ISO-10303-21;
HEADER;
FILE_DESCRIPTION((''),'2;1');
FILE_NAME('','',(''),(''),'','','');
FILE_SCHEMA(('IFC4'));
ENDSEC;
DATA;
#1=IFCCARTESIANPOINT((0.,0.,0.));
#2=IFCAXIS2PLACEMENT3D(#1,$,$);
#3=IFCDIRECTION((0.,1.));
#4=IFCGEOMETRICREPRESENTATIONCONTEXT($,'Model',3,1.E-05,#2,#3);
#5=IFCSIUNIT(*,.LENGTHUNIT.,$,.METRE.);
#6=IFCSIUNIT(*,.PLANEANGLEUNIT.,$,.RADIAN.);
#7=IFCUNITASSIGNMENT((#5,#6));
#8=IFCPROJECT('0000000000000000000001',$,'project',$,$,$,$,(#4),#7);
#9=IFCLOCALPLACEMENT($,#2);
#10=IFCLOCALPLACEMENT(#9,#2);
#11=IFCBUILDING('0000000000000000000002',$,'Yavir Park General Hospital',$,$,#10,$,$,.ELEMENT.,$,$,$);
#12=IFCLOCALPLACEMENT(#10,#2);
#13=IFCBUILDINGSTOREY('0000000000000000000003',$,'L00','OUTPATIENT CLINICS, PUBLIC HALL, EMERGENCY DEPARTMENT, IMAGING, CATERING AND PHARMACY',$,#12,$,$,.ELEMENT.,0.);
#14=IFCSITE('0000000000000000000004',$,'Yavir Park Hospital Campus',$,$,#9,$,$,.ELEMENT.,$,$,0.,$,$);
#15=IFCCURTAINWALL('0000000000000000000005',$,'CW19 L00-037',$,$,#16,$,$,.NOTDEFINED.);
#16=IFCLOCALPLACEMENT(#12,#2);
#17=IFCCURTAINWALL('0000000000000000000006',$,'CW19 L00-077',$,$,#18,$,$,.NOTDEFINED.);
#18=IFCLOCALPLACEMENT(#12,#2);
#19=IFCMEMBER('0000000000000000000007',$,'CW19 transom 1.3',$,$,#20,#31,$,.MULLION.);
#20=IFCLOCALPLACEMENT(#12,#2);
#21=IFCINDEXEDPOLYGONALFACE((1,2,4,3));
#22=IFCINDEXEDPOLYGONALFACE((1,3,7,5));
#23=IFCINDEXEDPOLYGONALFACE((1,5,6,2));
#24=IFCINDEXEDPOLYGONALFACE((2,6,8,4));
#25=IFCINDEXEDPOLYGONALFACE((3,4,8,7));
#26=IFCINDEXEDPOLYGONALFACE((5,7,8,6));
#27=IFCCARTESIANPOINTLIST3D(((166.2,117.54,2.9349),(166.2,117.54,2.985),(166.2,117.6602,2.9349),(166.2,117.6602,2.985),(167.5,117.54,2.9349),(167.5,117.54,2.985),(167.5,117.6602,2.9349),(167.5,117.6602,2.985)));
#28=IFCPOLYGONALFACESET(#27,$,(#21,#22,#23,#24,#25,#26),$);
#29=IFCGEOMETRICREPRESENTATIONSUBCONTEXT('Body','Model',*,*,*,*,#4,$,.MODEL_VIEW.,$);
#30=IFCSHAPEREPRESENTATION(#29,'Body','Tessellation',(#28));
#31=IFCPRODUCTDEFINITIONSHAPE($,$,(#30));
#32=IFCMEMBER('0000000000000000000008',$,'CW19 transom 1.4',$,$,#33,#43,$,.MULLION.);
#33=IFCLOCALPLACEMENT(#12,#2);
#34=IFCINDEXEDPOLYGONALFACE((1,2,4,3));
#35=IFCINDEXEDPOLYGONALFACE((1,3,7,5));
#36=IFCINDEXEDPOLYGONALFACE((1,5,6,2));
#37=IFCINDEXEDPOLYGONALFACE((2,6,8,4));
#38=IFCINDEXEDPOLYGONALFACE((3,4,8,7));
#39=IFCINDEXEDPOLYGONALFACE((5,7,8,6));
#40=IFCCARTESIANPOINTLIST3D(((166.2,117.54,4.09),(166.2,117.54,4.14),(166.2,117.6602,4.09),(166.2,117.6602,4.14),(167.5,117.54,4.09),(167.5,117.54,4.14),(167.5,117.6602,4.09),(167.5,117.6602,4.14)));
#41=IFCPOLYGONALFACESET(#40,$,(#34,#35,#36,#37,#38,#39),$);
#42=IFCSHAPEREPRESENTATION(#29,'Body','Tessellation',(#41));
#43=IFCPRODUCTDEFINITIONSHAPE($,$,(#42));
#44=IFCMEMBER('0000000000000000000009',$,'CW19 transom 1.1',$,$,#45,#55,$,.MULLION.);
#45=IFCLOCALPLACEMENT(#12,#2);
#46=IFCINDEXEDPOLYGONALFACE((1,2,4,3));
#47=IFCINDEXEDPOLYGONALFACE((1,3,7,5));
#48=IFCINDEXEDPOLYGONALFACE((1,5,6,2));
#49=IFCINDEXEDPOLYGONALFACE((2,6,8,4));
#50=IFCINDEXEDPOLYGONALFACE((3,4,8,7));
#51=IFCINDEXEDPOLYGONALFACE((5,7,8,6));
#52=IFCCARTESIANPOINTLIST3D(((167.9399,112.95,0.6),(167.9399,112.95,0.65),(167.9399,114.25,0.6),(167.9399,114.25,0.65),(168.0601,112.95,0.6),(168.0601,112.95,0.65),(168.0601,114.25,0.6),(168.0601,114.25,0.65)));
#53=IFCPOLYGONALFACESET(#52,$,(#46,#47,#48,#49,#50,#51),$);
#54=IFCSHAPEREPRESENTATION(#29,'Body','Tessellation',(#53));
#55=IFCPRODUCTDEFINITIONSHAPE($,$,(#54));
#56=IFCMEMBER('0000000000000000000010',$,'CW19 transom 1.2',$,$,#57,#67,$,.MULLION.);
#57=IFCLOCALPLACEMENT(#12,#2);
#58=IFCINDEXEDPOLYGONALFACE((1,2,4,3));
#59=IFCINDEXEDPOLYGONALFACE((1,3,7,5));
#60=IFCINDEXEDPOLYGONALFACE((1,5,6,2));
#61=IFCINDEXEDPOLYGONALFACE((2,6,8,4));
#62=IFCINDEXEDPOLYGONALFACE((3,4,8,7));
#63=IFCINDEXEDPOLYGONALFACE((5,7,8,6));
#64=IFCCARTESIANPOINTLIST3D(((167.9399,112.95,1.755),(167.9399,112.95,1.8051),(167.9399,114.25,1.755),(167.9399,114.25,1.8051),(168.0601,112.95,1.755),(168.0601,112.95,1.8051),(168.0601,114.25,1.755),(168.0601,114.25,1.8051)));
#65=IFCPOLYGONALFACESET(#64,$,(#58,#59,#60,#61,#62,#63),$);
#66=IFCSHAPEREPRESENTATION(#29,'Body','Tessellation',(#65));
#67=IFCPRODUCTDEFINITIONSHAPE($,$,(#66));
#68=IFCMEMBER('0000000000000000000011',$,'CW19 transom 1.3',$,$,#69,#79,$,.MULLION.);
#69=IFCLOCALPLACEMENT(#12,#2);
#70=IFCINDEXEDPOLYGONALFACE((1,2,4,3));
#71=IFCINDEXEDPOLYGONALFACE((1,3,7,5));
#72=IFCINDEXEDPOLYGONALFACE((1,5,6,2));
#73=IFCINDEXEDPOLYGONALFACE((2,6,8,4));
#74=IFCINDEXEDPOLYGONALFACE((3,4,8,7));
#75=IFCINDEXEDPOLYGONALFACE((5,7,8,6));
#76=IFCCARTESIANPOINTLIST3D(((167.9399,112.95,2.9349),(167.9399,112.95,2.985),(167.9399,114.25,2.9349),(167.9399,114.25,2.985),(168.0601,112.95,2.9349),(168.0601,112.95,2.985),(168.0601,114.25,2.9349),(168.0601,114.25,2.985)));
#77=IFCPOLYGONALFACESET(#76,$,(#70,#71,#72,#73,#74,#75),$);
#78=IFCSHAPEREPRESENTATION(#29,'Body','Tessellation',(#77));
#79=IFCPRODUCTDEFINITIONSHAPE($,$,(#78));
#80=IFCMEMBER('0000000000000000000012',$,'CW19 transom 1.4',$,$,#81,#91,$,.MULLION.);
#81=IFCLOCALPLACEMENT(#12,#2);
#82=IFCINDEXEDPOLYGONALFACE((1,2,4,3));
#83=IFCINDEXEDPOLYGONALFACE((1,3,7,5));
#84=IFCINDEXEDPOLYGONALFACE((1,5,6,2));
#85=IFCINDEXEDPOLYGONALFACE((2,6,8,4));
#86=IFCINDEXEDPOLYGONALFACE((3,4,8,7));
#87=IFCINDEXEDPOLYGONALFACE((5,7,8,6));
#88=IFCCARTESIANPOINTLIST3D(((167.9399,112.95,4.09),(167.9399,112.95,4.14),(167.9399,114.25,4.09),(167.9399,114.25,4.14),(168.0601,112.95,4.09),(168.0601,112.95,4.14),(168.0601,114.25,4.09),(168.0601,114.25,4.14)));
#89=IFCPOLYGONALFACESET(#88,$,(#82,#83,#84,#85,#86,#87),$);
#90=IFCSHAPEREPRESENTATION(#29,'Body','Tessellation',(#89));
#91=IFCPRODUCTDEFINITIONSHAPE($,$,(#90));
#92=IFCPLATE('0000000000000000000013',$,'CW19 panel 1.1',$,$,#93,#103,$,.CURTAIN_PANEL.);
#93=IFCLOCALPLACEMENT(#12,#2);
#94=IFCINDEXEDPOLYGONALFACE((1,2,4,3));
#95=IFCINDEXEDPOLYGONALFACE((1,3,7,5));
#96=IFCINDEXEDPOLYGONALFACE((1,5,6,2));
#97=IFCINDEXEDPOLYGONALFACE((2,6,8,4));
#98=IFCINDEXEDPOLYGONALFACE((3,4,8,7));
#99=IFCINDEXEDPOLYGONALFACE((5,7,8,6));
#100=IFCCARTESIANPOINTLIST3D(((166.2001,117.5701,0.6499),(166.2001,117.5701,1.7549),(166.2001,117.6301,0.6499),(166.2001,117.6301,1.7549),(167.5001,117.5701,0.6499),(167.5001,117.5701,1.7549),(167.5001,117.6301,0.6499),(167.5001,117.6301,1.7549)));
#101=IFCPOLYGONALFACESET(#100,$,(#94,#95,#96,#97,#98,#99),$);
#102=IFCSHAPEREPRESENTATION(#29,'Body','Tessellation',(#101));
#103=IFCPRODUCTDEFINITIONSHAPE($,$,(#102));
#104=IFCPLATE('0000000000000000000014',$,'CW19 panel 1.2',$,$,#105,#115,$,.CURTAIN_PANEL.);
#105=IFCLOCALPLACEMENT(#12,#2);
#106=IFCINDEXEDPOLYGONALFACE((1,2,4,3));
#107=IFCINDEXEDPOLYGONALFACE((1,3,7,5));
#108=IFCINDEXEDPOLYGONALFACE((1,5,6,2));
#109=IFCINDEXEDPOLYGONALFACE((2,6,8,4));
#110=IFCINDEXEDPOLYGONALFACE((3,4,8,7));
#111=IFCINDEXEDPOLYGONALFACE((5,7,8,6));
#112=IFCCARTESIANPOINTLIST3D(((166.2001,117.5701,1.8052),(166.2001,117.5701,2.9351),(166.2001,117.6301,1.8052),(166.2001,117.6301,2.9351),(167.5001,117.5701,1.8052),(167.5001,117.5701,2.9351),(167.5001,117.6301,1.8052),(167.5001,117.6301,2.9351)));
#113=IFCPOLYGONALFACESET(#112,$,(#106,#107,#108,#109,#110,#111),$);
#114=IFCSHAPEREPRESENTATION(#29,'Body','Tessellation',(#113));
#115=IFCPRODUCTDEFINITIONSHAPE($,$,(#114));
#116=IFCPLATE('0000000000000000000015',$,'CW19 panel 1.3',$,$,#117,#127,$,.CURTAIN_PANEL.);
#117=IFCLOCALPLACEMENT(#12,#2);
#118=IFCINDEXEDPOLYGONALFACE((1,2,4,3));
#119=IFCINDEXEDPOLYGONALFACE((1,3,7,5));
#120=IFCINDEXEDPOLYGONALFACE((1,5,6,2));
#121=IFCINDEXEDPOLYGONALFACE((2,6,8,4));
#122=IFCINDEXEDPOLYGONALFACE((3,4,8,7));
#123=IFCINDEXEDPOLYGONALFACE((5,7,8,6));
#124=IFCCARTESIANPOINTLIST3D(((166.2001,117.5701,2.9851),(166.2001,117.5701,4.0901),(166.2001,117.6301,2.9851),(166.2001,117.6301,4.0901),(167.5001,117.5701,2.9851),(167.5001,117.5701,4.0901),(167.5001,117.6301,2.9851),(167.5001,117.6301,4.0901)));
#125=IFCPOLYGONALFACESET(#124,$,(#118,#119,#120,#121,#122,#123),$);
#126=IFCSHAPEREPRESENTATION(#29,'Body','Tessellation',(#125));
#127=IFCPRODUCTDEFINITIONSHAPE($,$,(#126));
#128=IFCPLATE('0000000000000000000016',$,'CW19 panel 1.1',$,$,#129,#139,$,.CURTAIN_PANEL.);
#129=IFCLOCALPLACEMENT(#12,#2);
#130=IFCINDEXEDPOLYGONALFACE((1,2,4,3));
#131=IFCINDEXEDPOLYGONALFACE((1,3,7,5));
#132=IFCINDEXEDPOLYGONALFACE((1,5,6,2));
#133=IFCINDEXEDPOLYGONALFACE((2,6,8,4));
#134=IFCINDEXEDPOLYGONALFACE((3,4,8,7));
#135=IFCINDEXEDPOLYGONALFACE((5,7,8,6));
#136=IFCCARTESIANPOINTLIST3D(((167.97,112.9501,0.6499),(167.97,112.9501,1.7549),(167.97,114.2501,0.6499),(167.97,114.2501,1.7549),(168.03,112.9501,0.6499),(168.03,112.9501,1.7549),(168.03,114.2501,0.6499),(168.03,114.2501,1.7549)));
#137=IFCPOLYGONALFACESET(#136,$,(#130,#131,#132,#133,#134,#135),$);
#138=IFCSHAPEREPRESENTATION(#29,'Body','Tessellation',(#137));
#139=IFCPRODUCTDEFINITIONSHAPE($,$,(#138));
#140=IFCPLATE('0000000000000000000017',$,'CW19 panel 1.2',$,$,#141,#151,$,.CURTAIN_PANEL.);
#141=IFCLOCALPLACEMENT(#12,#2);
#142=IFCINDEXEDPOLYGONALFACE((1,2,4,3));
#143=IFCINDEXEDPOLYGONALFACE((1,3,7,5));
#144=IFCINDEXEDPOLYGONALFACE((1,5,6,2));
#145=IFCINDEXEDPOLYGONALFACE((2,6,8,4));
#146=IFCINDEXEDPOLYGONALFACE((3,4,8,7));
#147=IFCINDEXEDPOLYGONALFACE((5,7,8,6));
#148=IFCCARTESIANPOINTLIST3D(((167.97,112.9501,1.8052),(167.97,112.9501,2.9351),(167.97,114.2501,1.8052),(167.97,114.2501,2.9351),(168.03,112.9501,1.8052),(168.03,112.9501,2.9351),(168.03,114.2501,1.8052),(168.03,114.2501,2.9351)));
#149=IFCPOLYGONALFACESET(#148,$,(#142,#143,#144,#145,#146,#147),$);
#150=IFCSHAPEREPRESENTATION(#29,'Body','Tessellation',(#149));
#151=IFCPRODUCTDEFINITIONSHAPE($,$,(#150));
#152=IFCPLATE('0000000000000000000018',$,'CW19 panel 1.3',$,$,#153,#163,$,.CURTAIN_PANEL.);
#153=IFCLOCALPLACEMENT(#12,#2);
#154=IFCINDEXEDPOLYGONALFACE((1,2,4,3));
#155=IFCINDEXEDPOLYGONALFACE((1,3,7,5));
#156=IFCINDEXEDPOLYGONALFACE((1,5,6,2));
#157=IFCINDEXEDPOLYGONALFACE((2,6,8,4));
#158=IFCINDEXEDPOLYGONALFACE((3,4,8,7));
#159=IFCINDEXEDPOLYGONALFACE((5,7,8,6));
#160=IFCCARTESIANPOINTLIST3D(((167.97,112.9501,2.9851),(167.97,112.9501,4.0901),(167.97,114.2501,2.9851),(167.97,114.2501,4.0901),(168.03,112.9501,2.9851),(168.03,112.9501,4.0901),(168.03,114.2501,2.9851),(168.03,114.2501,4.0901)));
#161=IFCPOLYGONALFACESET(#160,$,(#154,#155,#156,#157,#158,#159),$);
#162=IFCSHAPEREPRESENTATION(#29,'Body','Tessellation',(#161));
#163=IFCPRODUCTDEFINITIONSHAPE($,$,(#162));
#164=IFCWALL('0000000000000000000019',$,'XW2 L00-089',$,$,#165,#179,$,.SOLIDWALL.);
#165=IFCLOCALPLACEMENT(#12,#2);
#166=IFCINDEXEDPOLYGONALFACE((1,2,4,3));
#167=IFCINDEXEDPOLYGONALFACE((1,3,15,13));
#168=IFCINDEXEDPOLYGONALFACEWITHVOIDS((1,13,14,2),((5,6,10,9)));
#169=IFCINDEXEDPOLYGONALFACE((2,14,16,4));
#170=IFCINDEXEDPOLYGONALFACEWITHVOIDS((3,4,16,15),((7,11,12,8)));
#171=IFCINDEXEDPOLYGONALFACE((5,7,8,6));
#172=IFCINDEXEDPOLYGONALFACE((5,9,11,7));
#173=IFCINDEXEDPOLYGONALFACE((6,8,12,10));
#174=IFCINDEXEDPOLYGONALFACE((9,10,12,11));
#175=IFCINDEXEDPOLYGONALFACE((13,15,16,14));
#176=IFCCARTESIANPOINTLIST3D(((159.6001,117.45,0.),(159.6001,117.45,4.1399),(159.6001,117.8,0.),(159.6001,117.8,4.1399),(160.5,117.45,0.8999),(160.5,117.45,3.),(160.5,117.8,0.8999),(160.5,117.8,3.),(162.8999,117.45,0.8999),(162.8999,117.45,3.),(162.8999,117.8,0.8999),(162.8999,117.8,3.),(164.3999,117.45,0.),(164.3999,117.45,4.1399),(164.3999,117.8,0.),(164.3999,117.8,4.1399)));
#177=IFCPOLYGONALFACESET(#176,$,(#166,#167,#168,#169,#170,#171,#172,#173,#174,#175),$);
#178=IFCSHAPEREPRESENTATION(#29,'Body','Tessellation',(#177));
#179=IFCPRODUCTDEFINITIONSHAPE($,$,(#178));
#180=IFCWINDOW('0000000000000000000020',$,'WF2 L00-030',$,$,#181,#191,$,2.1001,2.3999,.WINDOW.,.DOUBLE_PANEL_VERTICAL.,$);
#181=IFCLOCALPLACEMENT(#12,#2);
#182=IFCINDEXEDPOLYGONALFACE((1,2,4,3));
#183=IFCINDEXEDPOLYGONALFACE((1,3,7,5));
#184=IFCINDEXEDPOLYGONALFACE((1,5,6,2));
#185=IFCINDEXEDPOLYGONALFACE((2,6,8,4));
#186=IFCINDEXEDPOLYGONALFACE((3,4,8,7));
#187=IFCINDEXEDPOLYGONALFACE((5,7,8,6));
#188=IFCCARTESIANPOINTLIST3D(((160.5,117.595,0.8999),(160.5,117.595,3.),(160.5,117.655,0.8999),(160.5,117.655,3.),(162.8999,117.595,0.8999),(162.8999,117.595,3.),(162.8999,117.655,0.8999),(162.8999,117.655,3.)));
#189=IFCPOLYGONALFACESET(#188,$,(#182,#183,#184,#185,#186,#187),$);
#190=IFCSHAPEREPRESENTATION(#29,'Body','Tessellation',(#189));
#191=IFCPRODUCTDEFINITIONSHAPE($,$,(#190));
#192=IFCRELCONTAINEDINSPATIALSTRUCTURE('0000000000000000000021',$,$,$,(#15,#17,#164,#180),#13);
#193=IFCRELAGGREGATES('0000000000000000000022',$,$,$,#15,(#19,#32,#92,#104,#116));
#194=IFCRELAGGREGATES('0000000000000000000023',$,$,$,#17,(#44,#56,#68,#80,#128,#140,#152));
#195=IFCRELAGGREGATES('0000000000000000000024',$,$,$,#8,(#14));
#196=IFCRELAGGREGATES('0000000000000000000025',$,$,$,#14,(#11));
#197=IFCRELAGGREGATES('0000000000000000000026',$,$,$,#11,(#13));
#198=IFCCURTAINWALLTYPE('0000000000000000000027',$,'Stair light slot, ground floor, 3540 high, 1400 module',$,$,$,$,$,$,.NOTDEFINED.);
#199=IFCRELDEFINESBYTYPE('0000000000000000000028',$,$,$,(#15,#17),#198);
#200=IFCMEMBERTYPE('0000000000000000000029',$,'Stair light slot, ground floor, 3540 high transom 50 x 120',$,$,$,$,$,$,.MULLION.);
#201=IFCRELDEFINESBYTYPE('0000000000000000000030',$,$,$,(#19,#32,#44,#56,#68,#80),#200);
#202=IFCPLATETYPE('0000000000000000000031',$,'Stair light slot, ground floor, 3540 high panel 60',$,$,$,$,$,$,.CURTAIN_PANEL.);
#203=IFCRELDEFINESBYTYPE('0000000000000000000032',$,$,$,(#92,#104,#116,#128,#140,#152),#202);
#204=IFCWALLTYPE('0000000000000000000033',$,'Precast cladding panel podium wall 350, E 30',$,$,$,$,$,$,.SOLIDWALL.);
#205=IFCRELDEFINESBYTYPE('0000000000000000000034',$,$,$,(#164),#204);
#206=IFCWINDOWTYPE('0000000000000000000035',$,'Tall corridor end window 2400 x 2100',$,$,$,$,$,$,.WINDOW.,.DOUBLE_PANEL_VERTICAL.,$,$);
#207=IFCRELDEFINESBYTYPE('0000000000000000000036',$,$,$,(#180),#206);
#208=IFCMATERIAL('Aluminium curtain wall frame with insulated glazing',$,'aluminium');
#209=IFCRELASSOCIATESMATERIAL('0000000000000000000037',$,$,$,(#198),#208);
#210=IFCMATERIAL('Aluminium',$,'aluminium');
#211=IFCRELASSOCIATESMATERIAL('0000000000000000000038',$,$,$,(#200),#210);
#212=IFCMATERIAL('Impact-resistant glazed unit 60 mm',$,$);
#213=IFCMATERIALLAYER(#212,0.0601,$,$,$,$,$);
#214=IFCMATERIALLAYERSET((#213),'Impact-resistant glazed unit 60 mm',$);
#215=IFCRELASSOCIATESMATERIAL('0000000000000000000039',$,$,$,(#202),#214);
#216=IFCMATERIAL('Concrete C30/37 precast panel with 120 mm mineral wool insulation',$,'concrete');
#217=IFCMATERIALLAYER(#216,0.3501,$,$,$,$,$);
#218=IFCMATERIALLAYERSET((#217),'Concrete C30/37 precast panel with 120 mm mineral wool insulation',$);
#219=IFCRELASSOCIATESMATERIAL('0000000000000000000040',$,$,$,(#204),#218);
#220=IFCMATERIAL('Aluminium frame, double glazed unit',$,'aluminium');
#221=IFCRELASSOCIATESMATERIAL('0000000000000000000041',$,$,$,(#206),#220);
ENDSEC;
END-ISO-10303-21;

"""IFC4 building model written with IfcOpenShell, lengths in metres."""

from ifc_helpers import new_model, si_unit, direction, frame, frame_2d, origin, origin_2d, place, context, subcontext, project, spatial, rectangle, extrude, material, layer, layer_set, material_profile, profile_set, type_object, element, fill, aggregate, save


model = new_model("IFC4")

# Units and contexts
model_context = context("Model", 3, precision=1e-05, world=origin(), true_north=direction((0.0, 1.0)))
body_context = subcontext(model_context, "Body", "Model", "MODEL_VIEW")
ifc_project = project(units=[si_unit("LENGTHUNIT", "METRE"), si_unit("PLANEANGLEUNIT", "RADIAN")], contexts=[model_context])

# Site, building, storey
site_placement = place(None, origin())
site = spatial("IfcSite", under=ifc_project, at=site_placement, Name="Yavir Park Hospital Campus", CompositionType="ELEMENT", RefElevation=0.0)
building_placement = place(site_placement, origin())
building = spatial("IfcBuilding", under=site, at=building_placement, Name="Yavir Park General Hospital", CompositionType="ELEMENT")
storey_placement = place(building_placement, origin())
storey = spatial("IfcBuildingStorey", under=building, at=storey_placement, Name="L00", Description="OUTPATIENT CLINICS, PUBLIC HALL, EMERGENCY DEPARTMENT, IMAGING, CATERING AND PHARMACY", CompositionType="ELEMENT", Elevation=0.0)

# Curtain walls
ifc_material_1 = material(Name="Aluminium curtain wall frame with insulated glazing", Category="aluminium")
curtain_wall_type = type_object("IfcCurtainWallType", Name="Stair light slot, ground floor, 3540 high, 1400 module", PredefinedType="NOTDEFINED", material=ifc_material_1)
curtain_wall_1_placement = place(storey_placement, origin())
curtain_wall_1 = element("IfcCurtainWall", 1, at=curtain_wall_1_placement, inside=storey, type_object=curtain_wall_type, Name="CW19 L00-037", PredefinedType="NOTDEFINED")
curtain_wall_2_placement = place(storey_placement, origin())
curtain_wall_2 = element("IfcCurtainWall", 2, at=curtain_wall_2_placement, inside=storey, type_object=curtain_wall_type, Name="CW19 L00-077", PredefinedType="NOTDEFINED")

# Members
ifc_material_2 = material(Name="Aluminium", Category="aluminium")
ifc_material_profile_1 = material_profile(ifc_material_2, rectangle(XDim=0.1201, YDim=0.05, at=origin_2d()), Name="AL 120x50")
ifc_profile_set_1 = profile_set([ifc_material_profile_1], Name="Aluminium")
member_type_1 = type_object("IfcMemberType", Name="Stair light slot, ground floor, 3540 high transom 50 x 120", PredefinedType="MULLION", material=ifc_profile_set_1)
member_1_placement = place(storey_placement, frame((166.2, 117.6001, 2.96), z_axis=(1.0, 0.0, 0.0), x_axis=(0.0, 1.0, 0.0)))
member_1 = element("IfcMember", 3, at=member_1_placement, type_object=member_type_1, Name="CW19 transom 1.3", PredefinedType="MULLION", context=body_context, shape_type="SweptSolid", body=[
    extrude(rectangle(XDim=0.1201, YDim=0.05, at=origin_2d()), origin(), (0.0, 0.0, 1.0), 1.3),
])
member_2_placement = place(storey_placement, frame((166.2, 117.6001, 4.115), z_axis=(1.0, 0.0, 0.0), x_axis=(0.0, 1.0, 0.0)))
member_2 = element("IfcMember", 4, at=member_2_placement, type_object=member_type_1, Name="CW19 transom 1.4", PredefinedType="MULLION", context=body_context, shape_type="SweptSolid", body=[
    extrude(rectangle(XDim=0.1201, YDim=0.05, at=origin_2d()), origin(), (0.0, 0.0, 1.0), 1.3),
])
member_3_placement = place(storey_placement, frame((168.0, 112.95, 0.625), z_axis=(0.0, 1.0, 0.0), x_axis=(-1.0, 0.0, 0.0)))
member_3 = element("IfcMember", 5, at=member_3_placement, type_object=member_type_1, Name="CW19 transom 1.1", PredefinedType="MULLION", context=body_context, shape_type="SweptSolid", body=[
    extrude(rectangle(XDim=0.1201, YDim=0.05, at=origin_2d()), origin(), (0.0, 0.0, 1.0), 1.3),
])
member_4_placement = place(storey_placement, frame((168.0, 112.95, 1.78), z_axis=(0.0, 1.0, 0.0), x_axis=(-1.0, 0.0, 0.0)))
member_4 = element("IfcMember", 6, at=member_4_placement, type_object=member_type_1, Name="CW19 transom 1.2", PredefinedType="MULLION", context=body_context, shape_type="SweptSolid", body=[
    extrude(rectangle(XDim=0.1201, YDim=0.05, at=origin_2d()), origin(), (0.0, 0.0, 1.0), 1.3),
])
member_5_placement = place(storey_placement, frame((168.0, 112.95, 2.96), z_axis=(0.0, 1.0, 0.0), x_axis=(-1.0, 0.0, 0.0)))
member_5 = element("IfcMember", 7, at=member_5_placement, type_object=member_type_1, Name="CW19 transom 1.3", PredefinedType="MULLION", context=body_context, shape_type="SweptSolid", body=[
    extrude(rectangle(XDim=0.1201, YDim=0.05, at=origin_2d()), origin(), (0.0, 0.0, 1.0), 1.3),
])
member_6_placement = place(storey_placement, frame((168.0, 112.95, 4.115), z_axis=(0.0, 1.0, 0.0), x_axis=(-1.0, 0.0, 0.0)))
member_6 = element("IfcMember", 8, at=member_6_placement, type_object=member_type_1, Name="CW19 transom 1.4", PredefinedType="MULLION", context=body_context, shape_type="SweptSolid", body=[
    extrude(rectangle(XDim=0.1201, YDim=0.05, at=origin_2d()), origin(), (0.0, 0.0, 1.0), 1.3),
])

# Plates
ifc_material_3 = material(Name="Impact-resistant glazed unit 60 mm")
ifc_layer_1 = layer(ifc_material_3, 0.0601)
ifc_layer_set_1 = layer_set([ifc_layer_1], Name="Impact-resistant glazed unit 60 mm")
plate_type = type_object("IfcPlateType", Name="Stair light slot, ground floor, 3540 high panel 60", PredefinedType="CURTAIN_PANEL", material=ifc_layer_set_1)
plate_1_placement = place(storey_placement, frame((166.8501, 117.6001, 0.6499), z_axis=(0.0, 0.0, 1.0), x_axis=(1.0, 0.0, 0.0)))
plate_1 = element("IfcPlate", 9, at=plate_1_placement, type_object=plate_type, Name="CW19 panel 1.1", PredefinedType="CURTAIN_PANEL", context=body_context, shape_type="SweptSolid", body=[
    extrude(rectangle(XDim=1.3, YDim=0.0601, at=origin_2d()), origin(), (0.0, 0.0, 1.0), 1.105),
])
plate_2_placement = place(storey_placement, frame((166.8501, 117.6001, 1.8052), z_axis=(0.0, 0.0, 1.0), x_axis=(1.0, 0.0, 0.0)))
plate_2 = element("IfcPlate", 10, at=plate_2_placement, type_object=plate_type, Name="CW19 panel 1.2", PredefinedType="CURTAIN_PANEL", context=body_context, shape_type="SweptSolid", body=[
    extrude(rectangle(XDim=1.3, YDim=0.0601, at=origin_2d()), origin(), (0.0, 0.0, 1.0), 1.1299),
])
plate_3_placement = place(storey_placement, frame((166.8501, 117.6001, 2.9851), z_axis=(0.0, 0.0, 1.0), x_axis=(1.0, 0.0, 0.0)))
plate_3 = element("IfcPlate", 11, at=plate_3_placement, type_object=plate_type, Name="CW19 panel 1.3", PredefinedType="CURTAIN_PANEL", context=body_context, shape_type="SweptSolid", body=[
    extrude(rectangle(XDim=1.3, YDim=0.0601, at=origin_2d()), origin(), (0.0, 0.0, 1.0), 1.105),
])
aggregate(curtain_wall_1, [member_1, member_2, plate_1, plate_2, plate_3])
plate_4_placement = place(storey_placement, frame((168.0, 113.6001, 0.6499), z_axis=(0.0, 0.0, 1.0), x_axis=(0.0, 1.0, 0.0)))
plate_4 = element("IfcPlate", 12, at=plate_4_placement, type_object=plate_type, Name="CW19 panel 1.1", PredefinedType="CURTAIN_PANEL", context=body_context, shape_type="SweptSolid", body=[
    extrude(rectangle(XDim=1.3, YDim=0.0601, at=origin_2d()), origin(), (0.0, 0.0, 1.0), 1.105),
])
plate_5_placement = place(storey_placement, frame((168.0, 113.6001, 1.8052), z_axis=(0.0, 0.0, 1.0), x_axis=(0.0, 1.0, 0.0)))
plate_5 = element("IfcPlate", 13, at=plate_5_placement, type_object=plate_type, Name="CW19 panel 1.2", PredefinedType="CURTAIN_PANEL", context=body_context, shape_type="SweptSolid", body=[
    extrude(rectangle(XDim=1.3, YDim=0.0601, at=origin_2d()), origin(), (0.0, 0.0, 1.0), 1.1299),
])
plate_6_placement = place(storey_placement, frame((168.0, 113.6001, 2.9851), z_axis=(0.0, 0.0, 1.0), x_axis=(0.0, 1.0, 0.0)))
plate_6 = element("IfcPlate", 14, at=plate_6_placement, type_object=plate_type, Name="CW19 panel 1.3", PredefinedType="CURTAIN_PANEL", context=body_context, shape_type="SweptSolid", body=[
    extrude(rectangle(XDim=1.3, YDim=0.0601, at=origin_2d()), origin(), (0.0, 0.0, 1.0), 1.105),
])
aggregate(curtain_wall_2, [member_3, member_4, member_5, member_6, plate_4, plate_5, plate_6])

# Wall, opening, window
ifc_material_4 = material(Name="Concrete C30/37 precast panel with 120 mm mineral wool insulation", Category="concrete")
ifc_layer_2 = layer(ifc_material_4, 0.3501)
ifc_layer_set_2 = layer_set([ifc_layer_2], Name="Concrete C30/37 precast panel with 120 mm mineral wool insulation")
wall_type_1 = type_object("IfcWallType", Name="Precast cladding panel podium wall 350, E 30", PredefinedType="SOLIDWALL", material=ifc_layer_set_2)
wall_1_placement = place(storey_placement, frame((159.6001, 117.625, 0.0), z_axis=(0.0, 0.0, 1.0), x_axis=(1.0, 0.0, 0.0)))
wall_1 = element("IfcWall", 15, at=wall_1_placement, inside=storey, type_object=wall_type_1, Name="XW2 L00-089", PredefinedType="SOLIDWALL", context=body_context, shape_type="SweptSolid", body=[
    extrude(rectangle(XDim=4.7998, YDim=0.3501, at=frame_2d((2.3999, 0.0))), origin(), (0.0, 0.0, 1.0), 4.1399),
])
opening_placement = place(wall_1_placement, frame((0.8999, 0.0, 0.8999)))
opening = element("IfcOpeningElement", 16, at=opening_placement, cuts=wall_1, PredefinedType="OPENING", context=body_context, shape_type="SweptSolid", body=[
    extrude(rectangle(XDim=2.3999, YDim=2.1001, at=frame_2d((1.2, 1.05))), frame((0.0, 0.1851, 0.0), z_axis=(0.0, -1.0, 0.0), x_axis=(1.0, 0.0, 0.0)), (0.0, 0.0, 1.0), 0.3701),
])
ifc_material_5 = material(Name="Aluminium frame, double glazed unit", Category="aluminium")
window_type = type_object("IfcWindowType", Name="Tall corridor end window 2400 x 2100", PartitioningType="DOUBLE_PANEL_VERTICAL", PredefinedType="WINDOW", material=ifc_material_5)
window_placement = place(opening_placement, origin())
window = element("IfcWindow", 17, at=window_placement, inside=storey, type_object=window_type, Name="WF2 L00-030", OverallHeight=2.1001, OverallWidth=2.3999, PartitioningType="DOUBLE_PANEL_VERTICAL", PredefinedType="WINDOW", context=body_context, shape_type="SweptSolid", body=[
    extrude(rectangle(XDim=2.3999, YDim=2.1001, at=frame_2d((1.2, 1.05))), frame((0.0, 0.03, 0.0), z_axis=(0.0, -1.0, 0.0), x_axis=(1.0, 0.0, 0.0)), (0.0, 0.0, 1.0), 0.0601),
])
fill(opening, window)

save(model, "model.ifc")
